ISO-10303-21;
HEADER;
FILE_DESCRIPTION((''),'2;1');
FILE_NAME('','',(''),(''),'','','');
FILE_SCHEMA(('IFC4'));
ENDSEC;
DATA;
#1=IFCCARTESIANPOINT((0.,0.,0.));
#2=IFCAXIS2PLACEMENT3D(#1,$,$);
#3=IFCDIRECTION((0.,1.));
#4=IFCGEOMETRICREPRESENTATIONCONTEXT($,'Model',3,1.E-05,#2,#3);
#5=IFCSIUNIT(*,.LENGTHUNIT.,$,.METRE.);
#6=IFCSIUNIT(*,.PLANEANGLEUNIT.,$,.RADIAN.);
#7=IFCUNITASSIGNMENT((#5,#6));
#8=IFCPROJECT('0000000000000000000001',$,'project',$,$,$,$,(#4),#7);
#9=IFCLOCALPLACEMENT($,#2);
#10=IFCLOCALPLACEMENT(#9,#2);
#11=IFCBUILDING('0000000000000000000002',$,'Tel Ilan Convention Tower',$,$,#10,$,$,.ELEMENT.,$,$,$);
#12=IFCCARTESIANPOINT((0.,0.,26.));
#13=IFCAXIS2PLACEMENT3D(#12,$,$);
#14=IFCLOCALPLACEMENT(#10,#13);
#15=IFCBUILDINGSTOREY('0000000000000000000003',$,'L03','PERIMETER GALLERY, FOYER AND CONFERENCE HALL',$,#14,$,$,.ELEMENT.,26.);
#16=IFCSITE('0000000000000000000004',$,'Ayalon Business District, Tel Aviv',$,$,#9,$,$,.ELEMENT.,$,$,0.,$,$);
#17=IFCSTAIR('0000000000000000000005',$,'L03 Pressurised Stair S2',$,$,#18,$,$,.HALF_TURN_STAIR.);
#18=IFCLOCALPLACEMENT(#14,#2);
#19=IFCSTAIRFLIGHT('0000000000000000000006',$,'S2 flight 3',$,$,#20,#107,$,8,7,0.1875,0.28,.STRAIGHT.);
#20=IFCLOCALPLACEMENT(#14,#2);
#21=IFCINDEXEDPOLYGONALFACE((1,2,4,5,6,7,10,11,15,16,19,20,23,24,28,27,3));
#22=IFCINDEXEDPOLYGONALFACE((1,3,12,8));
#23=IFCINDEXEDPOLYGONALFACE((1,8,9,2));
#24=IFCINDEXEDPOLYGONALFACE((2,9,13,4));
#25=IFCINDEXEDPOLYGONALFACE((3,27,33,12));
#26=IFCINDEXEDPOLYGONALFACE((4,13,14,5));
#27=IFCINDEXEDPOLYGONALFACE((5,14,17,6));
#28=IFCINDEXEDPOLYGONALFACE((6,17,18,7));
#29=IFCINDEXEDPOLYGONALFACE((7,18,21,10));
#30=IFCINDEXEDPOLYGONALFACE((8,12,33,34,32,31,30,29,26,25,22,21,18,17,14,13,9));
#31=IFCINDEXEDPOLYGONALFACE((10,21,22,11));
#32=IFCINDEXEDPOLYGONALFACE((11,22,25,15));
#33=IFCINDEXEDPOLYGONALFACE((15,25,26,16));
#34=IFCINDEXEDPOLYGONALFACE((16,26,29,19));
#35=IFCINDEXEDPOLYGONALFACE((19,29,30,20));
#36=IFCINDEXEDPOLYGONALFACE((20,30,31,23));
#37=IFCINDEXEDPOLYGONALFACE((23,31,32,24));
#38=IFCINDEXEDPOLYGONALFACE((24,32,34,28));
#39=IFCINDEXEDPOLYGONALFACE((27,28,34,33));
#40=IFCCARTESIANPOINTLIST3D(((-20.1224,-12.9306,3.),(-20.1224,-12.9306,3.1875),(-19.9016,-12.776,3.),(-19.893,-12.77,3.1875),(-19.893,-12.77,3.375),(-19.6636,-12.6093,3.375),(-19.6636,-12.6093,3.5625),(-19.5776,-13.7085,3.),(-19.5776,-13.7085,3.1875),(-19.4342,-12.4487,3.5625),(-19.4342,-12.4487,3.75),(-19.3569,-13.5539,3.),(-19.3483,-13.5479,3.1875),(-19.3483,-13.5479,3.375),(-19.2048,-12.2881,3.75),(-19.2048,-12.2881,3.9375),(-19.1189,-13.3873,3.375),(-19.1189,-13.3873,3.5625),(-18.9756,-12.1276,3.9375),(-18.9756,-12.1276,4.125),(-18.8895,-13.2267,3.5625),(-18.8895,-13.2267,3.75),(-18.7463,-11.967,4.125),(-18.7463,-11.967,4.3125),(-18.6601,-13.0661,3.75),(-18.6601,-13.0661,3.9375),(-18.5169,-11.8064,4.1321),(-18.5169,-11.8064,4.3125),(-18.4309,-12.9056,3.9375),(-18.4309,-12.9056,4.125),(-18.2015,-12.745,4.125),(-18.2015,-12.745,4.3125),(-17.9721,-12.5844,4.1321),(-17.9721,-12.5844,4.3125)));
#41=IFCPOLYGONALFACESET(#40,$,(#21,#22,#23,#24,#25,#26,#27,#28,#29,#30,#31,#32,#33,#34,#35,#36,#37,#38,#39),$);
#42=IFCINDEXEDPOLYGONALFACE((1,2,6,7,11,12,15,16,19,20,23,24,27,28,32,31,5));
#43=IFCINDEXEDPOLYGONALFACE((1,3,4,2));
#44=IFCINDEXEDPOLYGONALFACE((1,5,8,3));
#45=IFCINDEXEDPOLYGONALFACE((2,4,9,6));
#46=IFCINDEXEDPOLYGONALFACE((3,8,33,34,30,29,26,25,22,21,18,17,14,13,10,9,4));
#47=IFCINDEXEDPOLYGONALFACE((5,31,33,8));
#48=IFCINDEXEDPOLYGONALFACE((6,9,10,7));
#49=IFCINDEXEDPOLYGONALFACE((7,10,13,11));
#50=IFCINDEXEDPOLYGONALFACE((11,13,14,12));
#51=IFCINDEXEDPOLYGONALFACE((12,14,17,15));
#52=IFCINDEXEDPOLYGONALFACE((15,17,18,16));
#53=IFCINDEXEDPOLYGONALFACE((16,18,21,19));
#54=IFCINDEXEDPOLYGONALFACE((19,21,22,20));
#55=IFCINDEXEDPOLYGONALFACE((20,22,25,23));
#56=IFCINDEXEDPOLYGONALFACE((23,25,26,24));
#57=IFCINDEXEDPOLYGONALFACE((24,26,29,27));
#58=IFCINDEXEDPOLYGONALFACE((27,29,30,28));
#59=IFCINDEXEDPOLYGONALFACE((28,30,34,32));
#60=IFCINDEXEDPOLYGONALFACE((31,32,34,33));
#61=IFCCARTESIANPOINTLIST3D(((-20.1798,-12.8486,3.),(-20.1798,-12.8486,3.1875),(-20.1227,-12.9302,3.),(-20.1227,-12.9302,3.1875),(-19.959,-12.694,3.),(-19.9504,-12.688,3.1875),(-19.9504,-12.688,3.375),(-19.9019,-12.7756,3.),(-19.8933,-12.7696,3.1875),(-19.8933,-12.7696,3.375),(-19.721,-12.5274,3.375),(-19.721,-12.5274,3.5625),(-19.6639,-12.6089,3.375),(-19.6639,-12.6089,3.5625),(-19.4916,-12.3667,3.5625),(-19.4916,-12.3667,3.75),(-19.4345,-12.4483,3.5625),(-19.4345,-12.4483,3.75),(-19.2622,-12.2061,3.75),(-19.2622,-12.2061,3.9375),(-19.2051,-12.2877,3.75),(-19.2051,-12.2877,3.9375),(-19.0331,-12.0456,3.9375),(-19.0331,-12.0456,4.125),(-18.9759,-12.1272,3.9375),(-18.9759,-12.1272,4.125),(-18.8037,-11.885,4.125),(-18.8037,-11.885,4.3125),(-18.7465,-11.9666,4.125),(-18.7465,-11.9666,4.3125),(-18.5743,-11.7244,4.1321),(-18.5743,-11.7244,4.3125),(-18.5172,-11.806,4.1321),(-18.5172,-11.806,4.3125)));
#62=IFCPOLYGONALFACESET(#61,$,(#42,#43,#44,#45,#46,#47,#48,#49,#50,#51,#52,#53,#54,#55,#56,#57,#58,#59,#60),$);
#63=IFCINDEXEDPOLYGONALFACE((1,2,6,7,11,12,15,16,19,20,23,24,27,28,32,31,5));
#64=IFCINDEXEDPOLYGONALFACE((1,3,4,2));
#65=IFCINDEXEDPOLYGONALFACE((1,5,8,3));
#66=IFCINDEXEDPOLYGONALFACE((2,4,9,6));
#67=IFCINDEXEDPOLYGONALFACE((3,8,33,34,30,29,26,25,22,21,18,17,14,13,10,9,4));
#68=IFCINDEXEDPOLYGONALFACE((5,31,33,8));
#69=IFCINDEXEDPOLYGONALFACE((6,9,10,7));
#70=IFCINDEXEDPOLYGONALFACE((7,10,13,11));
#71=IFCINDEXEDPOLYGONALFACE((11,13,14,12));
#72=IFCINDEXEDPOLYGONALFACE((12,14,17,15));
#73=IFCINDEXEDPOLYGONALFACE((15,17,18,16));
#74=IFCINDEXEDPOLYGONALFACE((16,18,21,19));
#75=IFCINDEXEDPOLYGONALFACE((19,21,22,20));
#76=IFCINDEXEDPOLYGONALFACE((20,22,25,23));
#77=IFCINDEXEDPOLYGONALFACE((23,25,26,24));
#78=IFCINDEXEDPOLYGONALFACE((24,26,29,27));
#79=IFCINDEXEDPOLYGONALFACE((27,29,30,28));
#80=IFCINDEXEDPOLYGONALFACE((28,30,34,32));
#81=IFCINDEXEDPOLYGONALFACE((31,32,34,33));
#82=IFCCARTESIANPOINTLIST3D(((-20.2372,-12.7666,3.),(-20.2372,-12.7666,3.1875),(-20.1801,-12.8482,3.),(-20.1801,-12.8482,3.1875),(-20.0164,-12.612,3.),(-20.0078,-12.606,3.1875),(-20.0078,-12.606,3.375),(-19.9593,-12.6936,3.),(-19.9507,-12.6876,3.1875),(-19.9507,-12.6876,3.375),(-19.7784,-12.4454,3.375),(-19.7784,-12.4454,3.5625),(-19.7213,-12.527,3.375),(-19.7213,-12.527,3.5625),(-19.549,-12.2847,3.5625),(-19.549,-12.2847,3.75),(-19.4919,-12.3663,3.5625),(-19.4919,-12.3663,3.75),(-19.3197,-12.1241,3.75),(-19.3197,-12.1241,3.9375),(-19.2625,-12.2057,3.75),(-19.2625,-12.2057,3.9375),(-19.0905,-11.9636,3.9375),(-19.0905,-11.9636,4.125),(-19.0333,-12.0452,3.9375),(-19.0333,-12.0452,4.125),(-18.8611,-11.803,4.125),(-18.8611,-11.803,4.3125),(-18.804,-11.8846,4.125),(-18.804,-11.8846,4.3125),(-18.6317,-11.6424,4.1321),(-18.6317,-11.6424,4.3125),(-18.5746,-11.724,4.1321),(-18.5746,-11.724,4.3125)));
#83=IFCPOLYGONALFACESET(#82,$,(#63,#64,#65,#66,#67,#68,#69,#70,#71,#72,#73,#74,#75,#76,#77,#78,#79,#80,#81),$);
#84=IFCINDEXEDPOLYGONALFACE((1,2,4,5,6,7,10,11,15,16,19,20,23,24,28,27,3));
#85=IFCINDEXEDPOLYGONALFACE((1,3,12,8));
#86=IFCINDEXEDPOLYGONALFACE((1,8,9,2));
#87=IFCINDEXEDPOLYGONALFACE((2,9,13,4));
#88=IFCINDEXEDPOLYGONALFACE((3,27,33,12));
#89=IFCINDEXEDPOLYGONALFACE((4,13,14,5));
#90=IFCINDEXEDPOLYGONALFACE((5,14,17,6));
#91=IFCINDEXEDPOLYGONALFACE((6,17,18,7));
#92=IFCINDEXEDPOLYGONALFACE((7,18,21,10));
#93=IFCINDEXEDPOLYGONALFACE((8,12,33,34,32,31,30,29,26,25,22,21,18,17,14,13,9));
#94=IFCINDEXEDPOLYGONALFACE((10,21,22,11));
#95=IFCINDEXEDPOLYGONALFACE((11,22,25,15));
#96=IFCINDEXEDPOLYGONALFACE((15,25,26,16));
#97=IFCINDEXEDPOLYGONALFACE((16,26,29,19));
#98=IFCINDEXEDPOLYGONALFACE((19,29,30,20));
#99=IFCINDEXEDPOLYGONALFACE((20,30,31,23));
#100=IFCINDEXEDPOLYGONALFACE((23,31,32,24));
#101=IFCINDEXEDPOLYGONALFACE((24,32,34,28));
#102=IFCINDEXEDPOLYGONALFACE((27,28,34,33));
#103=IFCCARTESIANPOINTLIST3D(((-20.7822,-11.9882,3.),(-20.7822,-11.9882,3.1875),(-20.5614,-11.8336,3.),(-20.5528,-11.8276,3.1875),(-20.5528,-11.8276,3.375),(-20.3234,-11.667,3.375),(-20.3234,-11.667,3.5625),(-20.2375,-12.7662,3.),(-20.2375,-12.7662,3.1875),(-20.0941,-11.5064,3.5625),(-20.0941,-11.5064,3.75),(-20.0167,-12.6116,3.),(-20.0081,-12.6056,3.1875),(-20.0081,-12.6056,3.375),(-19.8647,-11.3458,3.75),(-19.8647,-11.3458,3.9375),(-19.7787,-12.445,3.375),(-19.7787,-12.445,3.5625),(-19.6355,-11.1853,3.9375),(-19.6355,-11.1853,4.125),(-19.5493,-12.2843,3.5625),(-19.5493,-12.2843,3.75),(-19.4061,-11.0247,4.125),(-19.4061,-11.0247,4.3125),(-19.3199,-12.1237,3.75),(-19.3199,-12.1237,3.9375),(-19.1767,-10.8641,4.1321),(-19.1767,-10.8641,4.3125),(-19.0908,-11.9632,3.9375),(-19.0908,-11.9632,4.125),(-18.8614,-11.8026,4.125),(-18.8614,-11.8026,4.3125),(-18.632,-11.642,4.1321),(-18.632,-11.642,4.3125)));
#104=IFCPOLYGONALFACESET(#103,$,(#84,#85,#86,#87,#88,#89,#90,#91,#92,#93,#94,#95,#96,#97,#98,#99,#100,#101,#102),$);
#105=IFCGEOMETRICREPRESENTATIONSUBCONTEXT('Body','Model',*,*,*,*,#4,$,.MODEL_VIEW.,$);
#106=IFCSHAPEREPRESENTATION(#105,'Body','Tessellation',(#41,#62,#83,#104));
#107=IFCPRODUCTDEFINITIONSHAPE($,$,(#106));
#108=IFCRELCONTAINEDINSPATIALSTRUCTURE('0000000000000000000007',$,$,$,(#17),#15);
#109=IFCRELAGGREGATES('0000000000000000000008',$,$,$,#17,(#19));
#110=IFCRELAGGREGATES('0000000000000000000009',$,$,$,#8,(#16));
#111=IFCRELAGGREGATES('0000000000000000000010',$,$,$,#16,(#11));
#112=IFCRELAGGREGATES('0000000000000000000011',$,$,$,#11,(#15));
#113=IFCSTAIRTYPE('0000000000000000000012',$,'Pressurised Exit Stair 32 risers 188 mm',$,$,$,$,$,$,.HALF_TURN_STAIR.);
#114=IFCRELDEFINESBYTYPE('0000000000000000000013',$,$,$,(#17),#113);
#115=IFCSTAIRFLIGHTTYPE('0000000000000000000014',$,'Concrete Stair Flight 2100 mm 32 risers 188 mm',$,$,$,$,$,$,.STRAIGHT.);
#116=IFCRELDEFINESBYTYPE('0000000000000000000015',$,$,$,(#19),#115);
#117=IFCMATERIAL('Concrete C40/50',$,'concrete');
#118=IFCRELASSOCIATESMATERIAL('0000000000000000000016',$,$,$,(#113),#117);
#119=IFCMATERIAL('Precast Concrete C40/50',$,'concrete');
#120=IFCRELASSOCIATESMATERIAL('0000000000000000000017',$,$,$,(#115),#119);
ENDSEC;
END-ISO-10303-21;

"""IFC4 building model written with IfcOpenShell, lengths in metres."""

from ifc_helpers import new_model, si_unit, direction, frame, origin, place, context, subcontext, project, spatial, polyline, outline, extrude, material, type_object, element, aggregate, save


model = new_model("IFC4")

# Units and contexts
model_context = context("Model", 3, precision=1e-05, world=origin(), true_north=direction((0.0, 1.0)))
body_context = subcontext(model_context, "Body", "Model", "MODEL_VIEW")
ifc_project = project(units=[si_unit("LENGTHUNIT", "METRE"), si_unit("PLANEANGLEUNIT", "RADIAN")], contexts=[model_context])

# Site, building, storey
site_placement = place(None, origin())
site = spatial("IfcSite", under=ifc_project, at=site_placement, Name="Ayalon Business District, Tel Aviv", CompositionType="ELEMENT", RefElevation=0.0)
building_placement = place(site_placement, origin())
building = spatial("IfcBuilding", under=site, at=building_placement, Name="Tel Ilan Convention Tower", CompositionType="ELEMENT")
storey_placement = place(building_placement, frame((0.0, 0.0, 26.0)))
storey = spatial("IfcBuildingStorey", under=building, at=storey_placement, Name="L03", Description="PERIMETER GALLERY, FOYER AND CONFERENCE HALL", CompositionType="ELEMENT", Elevation=26.0)

# Stair, stair flight
ifc_material_1 = material(Name="Concrete C40/50", Category="concrete")
stair_type = type_object("IfcStairType", Name="Pressurised Exit Stair 32 risers 188 mm", PredefinedType="HALF_TURN_STAIR", material=ifc_material_1)
stair_placement = place(storey_placement, origin())
stair = element("IfcStair", 1, at=stair_placement, inside=storey, type_object=stair_type, Name="L03 Pressurised Stair S2", PredefinedType="HALF_TURN_STAIR")
ifc_material_2 = material(Name="Precast Concrete C40/50", Category="concrete")
stair_flight_type = type_object("IfcStairFlightType", Name="Concrete Stair Flight 2100 mm 32 risers 188 mm", PredefinedType="STRAIGHT", material=ifc_material_2)
stair_flight_1_placement = place(storey_placement, frame((-20.1799, -12.8484, 3.0), z_axis=(0.0, 0.0, 1.0), x_axis=(0.819152, 0.573576, 0.0)))
stair_flight_1 = element("IfcStairFlight", 2, at=stair_flight_1_placement, type_object=stair_flight_type, Name="S2 flight 3", NumberOfRisers=8, NumberOfTreads=7, PredefinedType="STRAIGHT", RiserHeight=0.1875, TreadLength=0.28, context=body_context, shape_type="SweptSolid", body=[
    extrude(outline(polyline([(0.0, 0.0), (0.0, 0.1875), (0.28, 0.1875), (0.28, 0.375), (0.5601, 0.375), (0.5601, 0.5625), (0.8401, 0.5625), (0.8401, 0.75), (1.1201, 0.75), (1.1201, 0.9375), (1.3999, 0.9375), (1.3999, 1.125), (1.6799, 1.125), (1.6799, 1.3125), (1.96, 1.3125), (1.96, 1.5), (1.96, 1.1321), (0.2695, 0.0), (0.0, 0.0)])), frame((0.0, -0.1003, 0.0), z_axis=(0.0, -1.0, 0.0), x_axis=(1.0, 0.0, 0.0)), (0.0, 0.0, 1.0), 0.9497),
    extrude(outline(polyline([(0.0, 0.0), (0.0, 0.1875), (0.28, 0.1875), (0.28, 0.375), (0.5601, 0.375), (0.5601, 0.5625), (0.8401, 0.5625), (0.8401, 0.75), (1.1201, 0.75), (1.1201, 0.9375), (1.3999, 0.9375), (1.3999, 1.125), (1.6799, 1.125), (1.6799, 1.3125), (1.96, 1.3125), (1.96, 1.5), (1.96, 1.1321), (0.2695, 0.0), (0.0, 0.0)])), frame((0.0, -0.0002, 0.0), z_axis=(0.0, -1.0, 0.0), x_axis=(1.0, 0.0, 0.0)), (0.0, 0.0, 1.0), 0.0996),
    extrude(outline(polyline([(0.0, 0.0), (0.0, 0.1875), (0.28, 0.1875), (0.28, 0.375), (0.5601, 0.375), (0.5601, 0.5625), (0.8401, 0.5625), (0.8401, 0.75), (1.1201, 0.75), (1.1201, 0.9375), (1.3999, 0.9375), (1.3999, 1.125), (1.6799, 1.125), (1.6799, 1.3125), (1.96, 1.3125), (1.96, 1.5), (1.96, 1.1321), (0.2695, 0.0), (0.0, 0.0)])), frame((0.0, 0.0999, 0.0), z_axis=(0.0, -1.0, 0.0), x_axis=(1.0, 0.0, 0.0)), (0.0, 0.0, 1.0), 0.0996),
    extrude(outline(polyline([(0.0, 0.0), (0.0, 0.1875), (0.28, 0.1875), (0.28, 0.375), (0.5601, 0.375), (0.5601, 0.5625), (0.8401, 0.5625), (0.8401, 0.75), (1.1201, 0.75), (1.1201, 0.9375), (1.3999, 0.9375), (1.3999, 1.125), (1.6799, 1.125), (1.6799, 1.3125), (1.96, 1.3125), (1.96, 1.5), (1.96, 1.1321), (0.2695, 0.0), (0.0, 0.0)])), frame((0.0, 1.05, 0.0), z_axis=(0.0, -1.0, 0.0), x_axis=(1.0, 0.0, 0.0)), (0.0, 0.0, 1.0), 0.9497),
])
aggregate(stair, [stair_flight_1])

save(model, "model.ifc")
